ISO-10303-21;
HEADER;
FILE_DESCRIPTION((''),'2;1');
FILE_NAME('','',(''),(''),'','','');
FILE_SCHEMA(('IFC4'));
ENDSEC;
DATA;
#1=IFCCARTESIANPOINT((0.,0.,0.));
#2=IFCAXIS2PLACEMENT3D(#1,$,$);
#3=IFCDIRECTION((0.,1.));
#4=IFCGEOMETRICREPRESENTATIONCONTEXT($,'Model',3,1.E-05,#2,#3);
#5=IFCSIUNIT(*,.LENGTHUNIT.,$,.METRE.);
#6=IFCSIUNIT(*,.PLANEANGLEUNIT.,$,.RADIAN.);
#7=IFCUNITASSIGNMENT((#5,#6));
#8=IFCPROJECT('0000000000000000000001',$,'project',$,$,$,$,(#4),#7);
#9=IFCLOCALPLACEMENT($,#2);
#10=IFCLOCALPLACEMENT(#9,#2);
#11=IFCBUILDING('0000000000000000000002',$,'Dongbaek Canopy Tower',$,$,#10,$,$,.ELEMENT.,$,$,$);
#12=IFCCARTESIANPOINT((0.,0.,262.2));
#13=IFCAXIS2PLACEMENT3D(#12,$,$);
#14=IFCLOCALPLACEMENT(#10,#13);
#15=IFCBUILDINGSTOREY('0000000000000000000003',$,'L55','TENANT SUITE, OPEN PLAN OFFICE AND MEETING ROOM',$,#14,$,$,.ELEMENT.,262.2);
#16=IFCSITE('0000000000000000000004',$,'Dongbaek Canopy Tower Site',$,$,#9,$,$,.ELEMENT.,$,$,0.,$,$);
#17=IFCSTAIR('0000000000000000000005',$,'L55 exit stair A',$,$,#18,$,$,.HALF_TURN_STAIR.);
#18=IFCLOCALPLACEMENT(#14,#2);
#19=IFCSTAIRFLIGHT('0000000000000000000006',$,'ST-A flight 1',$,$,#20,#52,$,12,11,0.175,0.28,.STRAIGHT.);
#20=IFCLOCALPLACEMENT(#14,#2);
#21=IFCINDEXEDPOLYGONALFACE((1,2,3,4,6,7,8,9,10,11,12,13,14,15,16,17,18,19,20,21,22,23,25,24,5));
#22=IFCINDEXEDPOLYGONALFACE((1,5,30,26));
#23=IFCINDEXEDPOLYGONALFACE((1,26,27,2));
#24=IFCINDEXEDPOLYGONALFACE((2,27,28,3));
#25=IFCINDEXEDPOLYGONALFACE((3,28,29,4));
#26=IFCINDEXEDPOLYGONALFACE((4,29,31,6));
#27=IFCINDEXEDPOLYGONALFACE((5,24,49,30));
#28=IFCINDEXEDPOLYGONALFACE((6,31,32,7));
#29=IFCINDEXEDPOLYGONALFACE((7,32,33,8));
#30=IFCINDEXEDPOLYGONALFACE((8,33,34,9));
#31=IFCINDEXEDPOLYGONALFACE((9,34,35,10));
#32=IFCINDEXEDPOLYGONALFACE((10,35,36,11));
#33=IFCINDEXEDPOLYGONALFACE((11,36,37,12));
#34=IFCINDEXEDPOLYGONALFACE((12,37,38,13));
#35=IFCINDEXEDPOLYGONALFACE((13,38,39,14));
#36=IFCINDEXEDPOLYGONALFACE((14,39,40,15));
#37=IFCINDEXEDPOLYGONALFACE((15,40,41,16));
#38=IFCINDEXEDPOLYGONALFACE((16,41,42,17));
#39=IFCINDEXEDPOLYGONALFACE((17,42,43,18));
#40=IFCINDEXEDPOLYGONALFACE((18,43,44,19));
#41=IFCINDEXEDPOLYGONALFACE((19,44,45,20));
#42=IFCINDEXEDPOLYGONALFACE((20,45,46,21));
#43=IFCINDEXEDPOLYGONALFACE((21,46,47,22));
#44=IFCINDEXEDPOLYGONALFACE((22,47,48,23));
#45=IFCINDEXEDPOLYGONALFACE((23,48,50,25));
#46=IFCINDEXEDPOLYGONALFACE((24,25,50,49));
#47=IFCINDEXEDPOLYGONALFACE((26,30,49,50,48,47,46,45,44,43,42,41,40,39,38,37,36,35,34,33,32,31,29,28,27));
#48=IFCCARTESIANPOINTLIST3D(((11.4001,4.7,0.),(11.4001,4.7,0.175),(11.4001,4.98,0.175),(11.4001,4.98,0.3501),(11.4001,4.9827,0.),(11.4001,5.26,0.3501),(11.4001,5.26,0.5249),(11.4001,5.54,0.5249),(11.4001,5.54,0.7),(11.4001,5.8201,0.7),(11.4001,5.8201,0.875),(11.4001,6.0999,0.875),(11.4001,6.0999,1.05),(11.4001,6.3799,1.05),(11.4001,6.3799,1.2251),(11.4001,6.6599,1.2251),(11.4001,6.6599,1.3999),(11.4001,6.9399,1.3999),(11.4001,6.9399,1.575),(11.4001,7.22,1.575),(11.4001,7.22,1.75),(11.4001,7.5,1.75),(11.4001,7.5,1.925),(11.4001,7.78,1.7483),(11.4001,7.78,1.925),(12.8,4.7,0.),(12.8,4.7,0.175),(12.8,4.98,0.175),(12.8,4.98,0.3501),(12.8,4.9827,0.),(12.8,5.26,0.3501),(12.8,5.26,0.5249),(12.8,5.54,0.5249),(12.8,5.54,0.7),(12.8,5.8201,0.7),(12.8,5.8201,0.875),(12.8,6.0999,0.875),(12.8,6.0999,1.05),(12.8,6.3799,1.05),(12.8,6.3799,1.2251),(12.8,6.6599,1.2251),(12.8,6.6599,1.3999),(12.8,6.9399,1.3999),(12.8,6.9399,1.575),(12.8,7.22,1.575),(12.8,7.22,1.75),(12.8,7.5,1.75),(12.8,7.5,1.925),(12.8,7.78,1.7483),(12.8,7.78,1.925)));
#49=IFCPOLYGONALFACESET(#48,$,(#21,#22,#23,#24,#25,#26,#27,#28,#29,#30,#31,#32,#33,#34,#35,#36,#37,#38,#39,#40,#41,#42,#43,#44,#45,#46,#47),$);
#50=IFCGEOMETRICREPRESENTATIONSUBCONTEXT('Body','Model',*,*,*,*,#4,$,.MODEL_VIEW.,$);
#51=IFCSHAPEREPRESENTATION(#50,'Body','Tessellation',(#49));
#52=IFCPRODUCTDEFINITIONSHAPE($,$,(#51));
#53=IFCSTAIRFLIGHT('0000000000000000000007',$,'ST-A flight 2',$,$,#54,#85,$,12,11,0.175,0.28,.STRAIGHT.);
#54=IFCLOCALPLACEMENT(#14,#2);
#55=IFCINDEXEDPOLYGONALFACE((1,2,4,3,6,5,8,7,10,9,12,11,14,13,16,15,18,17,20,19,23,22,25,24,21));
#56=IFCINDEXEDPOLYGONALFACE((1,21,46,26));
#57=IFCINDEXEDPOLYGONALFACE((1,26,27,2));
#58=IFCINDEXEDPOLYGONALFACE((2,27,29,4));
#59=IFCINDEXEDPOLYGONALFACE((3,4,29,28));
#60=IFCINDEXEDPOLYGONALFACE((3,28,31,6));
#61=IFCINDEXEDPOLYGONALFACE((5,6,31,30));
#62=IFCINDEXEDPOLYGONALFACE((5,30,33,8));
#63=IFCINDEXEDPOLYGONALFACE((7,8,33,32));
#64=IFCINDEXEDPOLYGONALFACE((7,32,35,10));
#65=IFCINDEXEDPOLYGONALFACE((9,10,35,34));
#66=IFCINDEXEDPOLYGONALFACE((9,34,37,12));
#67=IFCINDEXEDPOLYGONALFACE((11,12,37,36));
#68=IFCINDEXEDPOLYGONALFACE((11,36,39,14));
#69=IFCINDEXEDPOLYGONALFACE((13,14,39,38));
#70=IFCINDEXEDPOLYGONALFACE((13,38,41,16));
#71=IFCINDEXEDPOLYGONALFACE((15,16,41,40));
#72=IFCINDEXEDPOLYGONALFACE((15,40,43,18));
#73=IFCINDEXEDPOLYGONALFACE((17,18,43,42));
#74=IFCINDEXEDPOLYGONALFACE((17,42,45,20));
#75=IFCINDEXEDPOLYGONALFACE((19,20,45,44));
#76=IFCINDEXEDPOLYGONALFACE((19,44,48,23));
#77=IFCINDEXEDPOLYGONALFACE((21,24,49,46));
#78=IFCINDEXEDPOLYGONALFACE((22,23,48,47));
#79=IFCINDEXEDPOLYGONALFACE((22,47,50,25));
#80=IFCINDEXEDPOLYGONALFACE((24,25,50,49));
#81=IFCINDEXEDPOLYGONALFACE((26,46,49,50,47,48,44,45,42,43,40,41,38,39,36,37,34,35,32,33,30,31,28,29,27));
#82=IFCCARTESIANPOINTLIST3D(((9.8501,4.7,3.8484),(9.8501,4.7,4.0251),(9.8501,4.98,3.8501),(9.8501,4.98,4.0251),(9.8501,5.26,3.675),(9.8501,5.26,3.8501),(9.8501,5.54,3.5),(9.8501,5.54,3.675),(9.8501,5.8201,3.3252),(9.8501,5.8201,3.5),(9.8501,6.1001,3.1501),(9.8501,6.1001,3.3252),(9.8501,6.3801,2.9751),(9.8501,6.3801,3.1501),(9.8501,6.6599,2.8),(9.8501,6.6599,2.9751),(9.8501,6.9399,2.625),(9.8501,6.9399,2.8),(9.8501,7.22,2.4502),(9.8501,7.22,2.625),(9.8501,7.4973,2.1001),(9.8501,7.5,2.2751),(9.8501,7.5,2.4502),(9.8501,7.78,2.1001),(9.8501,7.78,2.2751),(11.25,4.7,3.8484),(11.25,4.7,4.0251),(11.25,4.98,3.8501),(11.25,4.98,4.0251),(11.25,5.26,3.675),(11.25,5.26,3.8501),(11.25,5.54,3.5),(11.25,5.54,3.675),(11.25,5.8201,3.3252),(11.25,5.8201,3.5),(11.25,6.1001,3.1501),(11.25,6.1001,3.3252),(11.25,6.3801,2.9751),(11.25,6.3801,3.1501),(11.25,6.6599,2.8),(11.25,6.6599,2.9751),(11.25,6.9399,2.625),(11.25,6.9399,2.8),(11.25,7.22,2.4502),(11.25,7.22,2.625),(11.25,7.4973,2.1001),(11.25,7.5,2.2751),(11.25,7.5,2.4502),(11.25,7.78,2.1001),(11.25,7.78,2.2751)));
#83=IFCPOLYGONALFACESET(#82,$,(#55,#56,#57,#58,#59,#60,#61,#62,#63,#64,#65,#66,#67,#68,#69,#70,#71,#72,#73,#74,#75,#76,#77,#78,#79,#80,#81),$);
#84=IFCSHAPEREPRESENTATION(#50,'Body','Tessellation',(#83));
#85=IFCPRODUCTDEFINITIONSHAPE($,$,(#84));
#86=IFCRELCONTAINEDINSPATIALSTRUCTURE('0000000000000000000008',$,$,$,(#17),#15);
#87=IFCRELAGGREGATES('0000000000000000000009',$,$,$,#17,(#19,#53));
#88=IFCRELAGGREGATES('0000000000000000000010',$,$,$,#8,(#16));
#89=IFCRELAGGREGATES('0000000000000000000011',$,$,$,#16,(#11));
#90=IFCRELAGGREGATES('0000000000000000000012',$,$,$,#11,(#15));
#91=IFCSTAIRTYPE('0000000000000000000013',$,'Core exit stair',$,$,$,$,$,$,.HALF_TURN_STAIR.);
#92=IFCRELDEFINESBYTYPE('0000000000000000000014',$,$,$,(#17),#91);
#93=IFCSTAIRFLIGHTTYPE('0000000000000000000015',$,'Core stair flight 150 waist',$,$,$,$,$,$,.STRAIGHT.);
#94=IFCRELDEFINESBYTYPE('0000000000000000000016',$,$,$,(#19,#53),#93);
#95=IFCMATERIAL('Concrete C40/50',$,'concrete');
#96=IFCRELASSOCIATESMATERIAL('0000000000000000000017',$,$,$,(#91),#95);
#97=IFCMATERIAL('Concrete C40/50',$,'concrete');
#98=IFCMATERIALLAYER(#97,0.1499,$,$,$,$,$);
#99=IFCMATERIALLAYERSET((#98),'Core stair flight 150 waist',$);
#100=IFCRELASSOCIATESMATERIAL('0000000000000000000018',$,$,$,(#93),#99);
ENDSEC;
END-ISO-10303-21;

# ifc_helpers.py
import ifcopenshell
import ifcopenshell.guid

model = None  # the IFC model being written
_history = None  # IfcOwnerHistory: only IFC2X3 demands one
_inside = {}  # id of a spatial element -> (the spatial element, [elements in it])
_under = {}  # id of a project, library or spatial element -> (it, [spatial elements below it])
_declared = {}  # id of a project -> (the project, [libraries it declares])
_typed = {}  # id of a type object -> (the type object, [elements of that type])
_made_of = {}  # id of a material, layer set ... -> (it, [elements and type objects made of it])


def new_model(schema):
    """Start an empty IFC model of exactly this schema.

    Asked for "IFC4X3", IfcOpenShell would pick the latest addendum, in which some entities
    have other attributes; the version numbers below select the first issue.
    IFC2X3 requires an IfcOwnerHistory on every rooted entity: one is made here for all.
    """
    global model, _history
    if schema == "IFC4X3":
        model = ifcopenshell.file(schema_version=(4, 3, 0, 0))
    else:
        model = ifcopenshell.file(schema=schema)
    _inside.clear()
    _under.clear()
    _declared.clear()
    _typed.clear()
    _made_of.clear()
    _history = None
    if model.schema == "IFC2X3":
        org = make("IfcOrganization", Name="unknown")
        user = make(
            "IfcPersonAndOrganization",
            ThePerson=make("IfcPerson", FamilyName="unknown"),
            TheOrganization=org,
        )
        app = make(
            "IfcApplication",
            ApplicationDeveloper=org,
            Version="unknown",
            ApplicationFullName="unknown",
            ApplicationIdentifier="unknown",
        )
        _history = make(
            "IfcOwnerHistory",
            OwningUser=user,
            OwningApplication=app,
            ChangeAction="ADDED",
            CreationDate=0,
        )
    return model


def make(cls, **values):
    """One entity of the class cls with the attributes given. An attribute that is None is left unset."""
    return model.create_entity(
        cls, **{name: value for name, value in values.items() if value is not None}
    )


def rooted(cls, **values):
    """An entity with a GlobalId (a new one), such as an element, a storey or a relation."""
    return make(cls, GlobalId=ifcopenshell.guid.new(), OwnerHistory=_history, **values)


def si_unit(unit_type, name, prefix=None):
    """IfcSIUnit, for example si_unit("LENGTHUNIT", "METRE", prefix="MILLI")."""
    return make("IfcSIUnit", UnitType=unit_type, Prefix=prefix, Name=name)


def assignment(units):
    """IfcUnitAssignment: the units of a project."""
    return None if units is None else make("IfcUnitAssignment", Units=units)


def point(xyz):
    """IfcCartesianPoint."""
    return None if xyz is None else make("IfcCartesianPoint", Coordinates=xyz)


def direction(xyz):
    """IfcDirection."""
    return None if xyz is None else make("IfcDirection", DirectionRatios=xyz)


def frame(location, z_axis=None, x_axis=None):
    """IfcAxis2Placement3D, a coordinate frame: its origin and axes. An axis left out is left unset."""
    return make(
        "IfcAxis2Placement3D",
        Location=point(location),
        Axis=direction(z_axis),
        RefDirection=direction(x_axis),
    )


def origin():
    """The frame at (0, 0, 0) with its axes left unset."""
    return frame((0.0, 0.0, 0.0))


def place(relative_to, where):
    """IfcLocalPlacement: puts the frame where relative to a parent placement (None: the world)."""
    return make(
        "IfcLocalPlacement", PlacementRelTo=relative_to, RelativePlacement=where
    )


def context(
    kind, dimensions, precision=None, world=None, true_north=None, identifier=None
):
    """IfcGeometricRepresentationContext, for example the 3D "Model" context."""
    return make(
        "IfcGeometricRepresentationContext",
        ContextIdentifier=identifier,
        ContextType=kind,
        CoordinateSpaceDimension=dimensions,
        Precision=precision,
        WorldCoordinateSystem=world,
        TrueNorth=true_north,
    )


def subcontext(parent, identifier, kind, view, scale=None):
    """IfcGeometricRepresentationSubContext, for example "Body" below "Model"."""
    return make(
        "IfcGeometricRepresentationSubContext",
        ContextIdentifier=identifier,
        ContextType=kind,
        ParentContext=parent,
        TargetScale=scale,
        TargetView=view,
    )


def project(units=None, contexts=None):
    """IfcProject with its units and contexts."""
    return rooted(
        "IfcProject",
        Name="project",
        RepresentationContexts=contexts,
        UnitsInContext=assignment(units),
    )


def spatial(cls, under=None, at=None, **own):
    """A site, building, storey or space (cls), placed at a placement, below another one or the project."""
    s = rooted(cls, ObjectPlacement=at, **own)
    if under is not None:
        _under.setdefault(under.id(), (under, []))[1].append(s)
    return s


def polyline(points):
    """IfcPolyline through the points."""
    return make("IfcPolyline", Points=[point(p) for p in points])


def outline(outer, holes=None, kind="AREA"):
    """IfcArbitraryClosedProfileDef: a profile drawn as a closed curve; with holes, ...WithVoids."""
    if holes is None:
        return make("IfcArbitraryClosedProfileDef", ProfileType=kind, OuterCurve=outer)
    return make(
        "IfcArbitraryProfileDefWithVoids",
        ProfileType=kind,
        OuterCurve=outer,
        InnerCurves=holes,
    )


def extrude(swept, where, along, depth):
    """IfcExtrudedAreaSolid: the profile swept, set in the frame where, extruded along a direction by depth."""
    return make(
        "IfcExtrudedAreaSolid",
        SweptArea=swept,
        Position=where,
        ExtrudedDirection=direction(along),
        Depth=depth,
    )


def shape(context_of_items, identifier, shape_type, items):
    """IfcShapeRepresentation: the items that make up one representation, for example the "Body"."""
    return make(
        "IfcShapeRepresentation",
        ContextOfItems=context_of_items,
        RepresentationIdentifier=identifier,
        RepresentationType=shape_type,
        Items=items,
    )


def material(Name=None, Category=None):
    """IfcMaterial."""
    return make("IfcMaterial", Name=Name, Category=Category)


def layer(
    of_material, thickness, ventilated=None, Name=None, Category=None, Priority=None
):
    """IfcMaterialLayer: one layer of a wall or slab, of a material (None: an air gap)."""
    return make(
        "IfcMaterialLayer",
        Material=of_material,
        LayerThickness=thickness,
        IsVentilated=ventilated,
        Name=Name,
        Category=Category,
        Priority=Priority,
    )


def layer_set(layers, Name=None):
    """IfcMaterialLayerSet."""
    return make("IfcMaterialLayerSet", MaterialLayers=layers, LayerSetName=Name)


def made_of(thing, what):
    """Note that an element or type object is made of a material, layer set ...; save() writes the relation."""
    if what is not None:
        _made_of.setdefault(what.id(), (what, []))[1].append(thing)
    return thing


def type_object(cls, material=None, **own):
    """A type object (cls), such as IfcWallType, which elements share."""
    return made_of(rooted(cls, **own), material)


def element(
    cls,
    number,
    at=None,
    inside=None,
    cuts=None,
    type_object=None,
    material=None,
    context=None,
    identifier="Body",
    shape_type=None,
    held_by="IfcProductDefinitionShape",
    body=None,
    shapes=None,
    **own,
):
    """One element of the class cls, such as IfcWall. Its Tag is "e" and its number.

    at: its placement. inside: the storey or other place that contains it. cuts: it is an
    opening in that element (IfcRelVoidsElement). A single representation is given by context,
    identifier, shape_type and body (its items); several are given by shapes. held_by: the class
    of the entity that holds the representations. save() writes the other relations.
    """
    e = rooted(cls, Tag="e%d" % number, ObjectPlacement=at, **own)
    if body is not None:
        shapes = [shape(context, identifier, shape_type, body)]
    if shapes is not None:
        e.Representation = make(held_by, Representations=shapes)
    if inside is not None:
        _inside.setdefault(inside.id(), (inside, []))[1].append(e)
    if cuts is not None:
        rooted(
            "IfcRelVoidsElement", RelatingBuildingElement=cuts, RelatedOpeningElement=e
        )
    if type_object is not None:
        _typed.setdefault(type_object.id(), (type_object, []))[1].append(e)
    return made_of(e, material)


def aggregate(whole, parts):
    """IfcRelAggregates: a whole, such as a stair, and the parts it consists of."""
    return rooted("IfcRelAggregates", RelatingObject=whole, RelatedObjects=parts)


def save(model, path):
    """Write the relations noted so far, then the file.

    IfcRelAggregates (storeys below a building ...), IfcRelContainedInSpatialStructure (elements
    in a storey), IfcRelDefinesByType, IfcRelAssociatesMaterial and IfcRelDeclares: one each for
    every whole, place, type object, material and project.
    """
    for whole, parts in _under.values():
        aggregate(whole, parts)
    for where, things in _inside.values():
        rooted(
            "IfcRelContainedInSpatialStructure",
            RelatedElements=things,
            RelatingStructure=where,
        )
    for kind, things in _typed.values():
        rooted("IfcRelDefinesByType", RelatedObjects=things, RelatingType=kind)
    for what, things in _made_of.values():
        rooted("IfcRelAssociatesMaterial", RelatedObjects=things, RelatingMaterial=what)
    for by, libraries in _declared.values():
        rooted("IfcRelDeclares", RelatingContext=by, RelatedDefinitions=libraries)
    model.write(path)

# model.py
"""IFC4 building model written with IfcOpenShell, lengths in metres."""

from ifc_helpers import new_model, si_unit, direction, frame, origin, place, context, subcontext, project, spatial, polyline, outline, extrude, material, layer, layer_set, type_object, element, aggregate, save


model = new_model("IFC4")

# Units and contexts
model_context = context("Model", 3, precision=1e-05, world=origin(), true_north=direction((0.0, 1.0)))
body_context = subcontext(model_context, "Body", "Model", "MODEL_VIEW")
ifc_project = project(units=[si_unit("LENGTHUNIT", "METRE"), si_unit("PLANEANGLEUNIT", "RADIAN")], contexts=[model_context])

# Site, building, storey
site_placement = place(None, origin())
site = spatial("IfcSite", under=ifc_project, at=site_placement, Name="Dongbaek Canopy Tower Site", CompositionType="ELEMENT", RefElevation=0.0)
building_placement = place(site_placement, origin())
building = spatial("IfcBuilding", under=site, at=building_placement, Name="Dongbaek Canopy Tower", CompositionType="ELEMENT")
storey_placement = place(building_placement, frame((0.0, 0.0, 262.2)))
storey = spatial("IfcBuildingStorey", under=building, at=storey_placement, Name="L55", Description="TENANT SUITE, OPEN PLAN OFFICE AND MEETING ROOM", CompositionType="ELEMENT", Elevation=262.2)

# Stair, stair flights
ifc_material_1 = material(Name="Concrete C40/50", Category="concrete")
stair_type = type_object("IfcStairType", Name="Core exit stair", PredefinedType="HALF_TURN_STAIR", material=ifc_material_1)
stair_placement = place(storey_placement, origin())
stair = element("IfcStair", 1, at=stair_placement, inside=storey, type_object=stair_type, Name="L55 exit stair A", PredefinedType="HALF_TURN_STAIR")
ifc_material_2 = material(Name="Concrete C40/50", Category="concrete")
ifc_layer_1 = layer(ifc_material_2, 0.1499)
ifc_layer_set_1 = layer_set([ifc_layer_1], Name="Core stair flight 150 waist")
stair_flight_type = type_object("IfcStairFlightType", Name="Core stair flight 150 waist", PredefinedType="STRAIGHT", material=ifc_layer_set_1)
stair_flight_1_placement = place(storey_placement, frame((12.1001, 4.7, 0.0), z_axis=(0.0, 0.0, 1.0), x_axis=(0.0, 1.0, 0.0)))
stair_flight_1 = element("IfcStairFlight", 2, at=stair_flight_1_placement, type_object=stair_flight_type, Name="ST-A flight 1", NumberOfRisers=12, NumberOfTreads=11, PredefinedType="STRAIGHT", RiserHeight=0.175, TreadLength=0.28, context=body_context, shape_type="SweptSolid", body=[
    extrude(outline(polyline([(0.0, 0.0), (0.0, 0.175), (0.28, 0.175), (0.28, 0.3501), (0.5601, 0.3501), (0.5601, 0.5249), (0.8401, 0.5249), (0.8401, 0.7), (1.1201, 0.7), (1.1201, 0.875), (1.3999, 0.875), (1.3999, 1.05), (1.6799, 1.05), (1.6799, 1.2251), (1.96, 1.2251), (1.96, 1.3999), (2.24, 1.3999), (2.24, 1.575), (2.52, 1.575), (2.52, 1.75), (2.8, 1.75), (2.8, 1.925), (3.0801, 1.925), (3.0801, 2.1001), (3.0801, 1.7483), (0.2827, 0.0), (0.0, 0.0)])), frame((0.0, 0.7, 0.0), z_axis=(0.0, -1.0, 0.0), x_axis=(1.0, 0.0, 0.0)), (0.0, 0.0, 1.0), 1.3999),
])
stair_flight_2_placement = place(storey_placement, frame((10.55, 7.78, 2.1001), z_axis=(0.0, 0.0, 1.0), x_axis=(0.0, -1.0, 0.0)))
stair_flight_2 = element("IfcStairFlight", 3, at=stair_flight_2_placement, type_object=stair_flight_type, Name="ST-A flight 2", NumberOfRisers=12, NumberOfTreads=11, PredefinedType="STRAIGHT", RiserHeight=0.175, TreadLength=0.28, context=body_context, shape_type="SweptSolid", body=[
    extrude(outline(polyline([(0.0, 0.0), (0.0, 0.175), (0.28, 0.175), (0.28, 0.3501), (0.5601, 0.3501), (0.5601, 0.5249), (0.8401, 0.5249), (0.8401, 0.7), (1.1201, 0.7), (1.1201, 0.875), (1.3999, 0.875), (1.3999, 1.05), (1.6799, 1.05), (1.6799, 1.2251), (1.96, 1.2251), (1.96, 1.3999), (2.24, 1.3999), (2.24, 1.575), (2.52, 1.575), (2.52, 1.75), (2.8, 1.75), (2.8, 1.925), (3.0801, 1.925), (3.0801, 2.1001), (3.0801, 1.7483), (0.2827, 0.0), (0.0, 0.0)])), frame((0.0, 0.7, 0.0), z_axis=(0.0, -1.0, 0.0), x_axis=(1.0, 0.0, 0.0)), (0.0, 0.0, 1.0), 1.3999),
])
aggregate(stair, [stair_flight_1, stair_flight_2])

save(model, "model.ifc")
